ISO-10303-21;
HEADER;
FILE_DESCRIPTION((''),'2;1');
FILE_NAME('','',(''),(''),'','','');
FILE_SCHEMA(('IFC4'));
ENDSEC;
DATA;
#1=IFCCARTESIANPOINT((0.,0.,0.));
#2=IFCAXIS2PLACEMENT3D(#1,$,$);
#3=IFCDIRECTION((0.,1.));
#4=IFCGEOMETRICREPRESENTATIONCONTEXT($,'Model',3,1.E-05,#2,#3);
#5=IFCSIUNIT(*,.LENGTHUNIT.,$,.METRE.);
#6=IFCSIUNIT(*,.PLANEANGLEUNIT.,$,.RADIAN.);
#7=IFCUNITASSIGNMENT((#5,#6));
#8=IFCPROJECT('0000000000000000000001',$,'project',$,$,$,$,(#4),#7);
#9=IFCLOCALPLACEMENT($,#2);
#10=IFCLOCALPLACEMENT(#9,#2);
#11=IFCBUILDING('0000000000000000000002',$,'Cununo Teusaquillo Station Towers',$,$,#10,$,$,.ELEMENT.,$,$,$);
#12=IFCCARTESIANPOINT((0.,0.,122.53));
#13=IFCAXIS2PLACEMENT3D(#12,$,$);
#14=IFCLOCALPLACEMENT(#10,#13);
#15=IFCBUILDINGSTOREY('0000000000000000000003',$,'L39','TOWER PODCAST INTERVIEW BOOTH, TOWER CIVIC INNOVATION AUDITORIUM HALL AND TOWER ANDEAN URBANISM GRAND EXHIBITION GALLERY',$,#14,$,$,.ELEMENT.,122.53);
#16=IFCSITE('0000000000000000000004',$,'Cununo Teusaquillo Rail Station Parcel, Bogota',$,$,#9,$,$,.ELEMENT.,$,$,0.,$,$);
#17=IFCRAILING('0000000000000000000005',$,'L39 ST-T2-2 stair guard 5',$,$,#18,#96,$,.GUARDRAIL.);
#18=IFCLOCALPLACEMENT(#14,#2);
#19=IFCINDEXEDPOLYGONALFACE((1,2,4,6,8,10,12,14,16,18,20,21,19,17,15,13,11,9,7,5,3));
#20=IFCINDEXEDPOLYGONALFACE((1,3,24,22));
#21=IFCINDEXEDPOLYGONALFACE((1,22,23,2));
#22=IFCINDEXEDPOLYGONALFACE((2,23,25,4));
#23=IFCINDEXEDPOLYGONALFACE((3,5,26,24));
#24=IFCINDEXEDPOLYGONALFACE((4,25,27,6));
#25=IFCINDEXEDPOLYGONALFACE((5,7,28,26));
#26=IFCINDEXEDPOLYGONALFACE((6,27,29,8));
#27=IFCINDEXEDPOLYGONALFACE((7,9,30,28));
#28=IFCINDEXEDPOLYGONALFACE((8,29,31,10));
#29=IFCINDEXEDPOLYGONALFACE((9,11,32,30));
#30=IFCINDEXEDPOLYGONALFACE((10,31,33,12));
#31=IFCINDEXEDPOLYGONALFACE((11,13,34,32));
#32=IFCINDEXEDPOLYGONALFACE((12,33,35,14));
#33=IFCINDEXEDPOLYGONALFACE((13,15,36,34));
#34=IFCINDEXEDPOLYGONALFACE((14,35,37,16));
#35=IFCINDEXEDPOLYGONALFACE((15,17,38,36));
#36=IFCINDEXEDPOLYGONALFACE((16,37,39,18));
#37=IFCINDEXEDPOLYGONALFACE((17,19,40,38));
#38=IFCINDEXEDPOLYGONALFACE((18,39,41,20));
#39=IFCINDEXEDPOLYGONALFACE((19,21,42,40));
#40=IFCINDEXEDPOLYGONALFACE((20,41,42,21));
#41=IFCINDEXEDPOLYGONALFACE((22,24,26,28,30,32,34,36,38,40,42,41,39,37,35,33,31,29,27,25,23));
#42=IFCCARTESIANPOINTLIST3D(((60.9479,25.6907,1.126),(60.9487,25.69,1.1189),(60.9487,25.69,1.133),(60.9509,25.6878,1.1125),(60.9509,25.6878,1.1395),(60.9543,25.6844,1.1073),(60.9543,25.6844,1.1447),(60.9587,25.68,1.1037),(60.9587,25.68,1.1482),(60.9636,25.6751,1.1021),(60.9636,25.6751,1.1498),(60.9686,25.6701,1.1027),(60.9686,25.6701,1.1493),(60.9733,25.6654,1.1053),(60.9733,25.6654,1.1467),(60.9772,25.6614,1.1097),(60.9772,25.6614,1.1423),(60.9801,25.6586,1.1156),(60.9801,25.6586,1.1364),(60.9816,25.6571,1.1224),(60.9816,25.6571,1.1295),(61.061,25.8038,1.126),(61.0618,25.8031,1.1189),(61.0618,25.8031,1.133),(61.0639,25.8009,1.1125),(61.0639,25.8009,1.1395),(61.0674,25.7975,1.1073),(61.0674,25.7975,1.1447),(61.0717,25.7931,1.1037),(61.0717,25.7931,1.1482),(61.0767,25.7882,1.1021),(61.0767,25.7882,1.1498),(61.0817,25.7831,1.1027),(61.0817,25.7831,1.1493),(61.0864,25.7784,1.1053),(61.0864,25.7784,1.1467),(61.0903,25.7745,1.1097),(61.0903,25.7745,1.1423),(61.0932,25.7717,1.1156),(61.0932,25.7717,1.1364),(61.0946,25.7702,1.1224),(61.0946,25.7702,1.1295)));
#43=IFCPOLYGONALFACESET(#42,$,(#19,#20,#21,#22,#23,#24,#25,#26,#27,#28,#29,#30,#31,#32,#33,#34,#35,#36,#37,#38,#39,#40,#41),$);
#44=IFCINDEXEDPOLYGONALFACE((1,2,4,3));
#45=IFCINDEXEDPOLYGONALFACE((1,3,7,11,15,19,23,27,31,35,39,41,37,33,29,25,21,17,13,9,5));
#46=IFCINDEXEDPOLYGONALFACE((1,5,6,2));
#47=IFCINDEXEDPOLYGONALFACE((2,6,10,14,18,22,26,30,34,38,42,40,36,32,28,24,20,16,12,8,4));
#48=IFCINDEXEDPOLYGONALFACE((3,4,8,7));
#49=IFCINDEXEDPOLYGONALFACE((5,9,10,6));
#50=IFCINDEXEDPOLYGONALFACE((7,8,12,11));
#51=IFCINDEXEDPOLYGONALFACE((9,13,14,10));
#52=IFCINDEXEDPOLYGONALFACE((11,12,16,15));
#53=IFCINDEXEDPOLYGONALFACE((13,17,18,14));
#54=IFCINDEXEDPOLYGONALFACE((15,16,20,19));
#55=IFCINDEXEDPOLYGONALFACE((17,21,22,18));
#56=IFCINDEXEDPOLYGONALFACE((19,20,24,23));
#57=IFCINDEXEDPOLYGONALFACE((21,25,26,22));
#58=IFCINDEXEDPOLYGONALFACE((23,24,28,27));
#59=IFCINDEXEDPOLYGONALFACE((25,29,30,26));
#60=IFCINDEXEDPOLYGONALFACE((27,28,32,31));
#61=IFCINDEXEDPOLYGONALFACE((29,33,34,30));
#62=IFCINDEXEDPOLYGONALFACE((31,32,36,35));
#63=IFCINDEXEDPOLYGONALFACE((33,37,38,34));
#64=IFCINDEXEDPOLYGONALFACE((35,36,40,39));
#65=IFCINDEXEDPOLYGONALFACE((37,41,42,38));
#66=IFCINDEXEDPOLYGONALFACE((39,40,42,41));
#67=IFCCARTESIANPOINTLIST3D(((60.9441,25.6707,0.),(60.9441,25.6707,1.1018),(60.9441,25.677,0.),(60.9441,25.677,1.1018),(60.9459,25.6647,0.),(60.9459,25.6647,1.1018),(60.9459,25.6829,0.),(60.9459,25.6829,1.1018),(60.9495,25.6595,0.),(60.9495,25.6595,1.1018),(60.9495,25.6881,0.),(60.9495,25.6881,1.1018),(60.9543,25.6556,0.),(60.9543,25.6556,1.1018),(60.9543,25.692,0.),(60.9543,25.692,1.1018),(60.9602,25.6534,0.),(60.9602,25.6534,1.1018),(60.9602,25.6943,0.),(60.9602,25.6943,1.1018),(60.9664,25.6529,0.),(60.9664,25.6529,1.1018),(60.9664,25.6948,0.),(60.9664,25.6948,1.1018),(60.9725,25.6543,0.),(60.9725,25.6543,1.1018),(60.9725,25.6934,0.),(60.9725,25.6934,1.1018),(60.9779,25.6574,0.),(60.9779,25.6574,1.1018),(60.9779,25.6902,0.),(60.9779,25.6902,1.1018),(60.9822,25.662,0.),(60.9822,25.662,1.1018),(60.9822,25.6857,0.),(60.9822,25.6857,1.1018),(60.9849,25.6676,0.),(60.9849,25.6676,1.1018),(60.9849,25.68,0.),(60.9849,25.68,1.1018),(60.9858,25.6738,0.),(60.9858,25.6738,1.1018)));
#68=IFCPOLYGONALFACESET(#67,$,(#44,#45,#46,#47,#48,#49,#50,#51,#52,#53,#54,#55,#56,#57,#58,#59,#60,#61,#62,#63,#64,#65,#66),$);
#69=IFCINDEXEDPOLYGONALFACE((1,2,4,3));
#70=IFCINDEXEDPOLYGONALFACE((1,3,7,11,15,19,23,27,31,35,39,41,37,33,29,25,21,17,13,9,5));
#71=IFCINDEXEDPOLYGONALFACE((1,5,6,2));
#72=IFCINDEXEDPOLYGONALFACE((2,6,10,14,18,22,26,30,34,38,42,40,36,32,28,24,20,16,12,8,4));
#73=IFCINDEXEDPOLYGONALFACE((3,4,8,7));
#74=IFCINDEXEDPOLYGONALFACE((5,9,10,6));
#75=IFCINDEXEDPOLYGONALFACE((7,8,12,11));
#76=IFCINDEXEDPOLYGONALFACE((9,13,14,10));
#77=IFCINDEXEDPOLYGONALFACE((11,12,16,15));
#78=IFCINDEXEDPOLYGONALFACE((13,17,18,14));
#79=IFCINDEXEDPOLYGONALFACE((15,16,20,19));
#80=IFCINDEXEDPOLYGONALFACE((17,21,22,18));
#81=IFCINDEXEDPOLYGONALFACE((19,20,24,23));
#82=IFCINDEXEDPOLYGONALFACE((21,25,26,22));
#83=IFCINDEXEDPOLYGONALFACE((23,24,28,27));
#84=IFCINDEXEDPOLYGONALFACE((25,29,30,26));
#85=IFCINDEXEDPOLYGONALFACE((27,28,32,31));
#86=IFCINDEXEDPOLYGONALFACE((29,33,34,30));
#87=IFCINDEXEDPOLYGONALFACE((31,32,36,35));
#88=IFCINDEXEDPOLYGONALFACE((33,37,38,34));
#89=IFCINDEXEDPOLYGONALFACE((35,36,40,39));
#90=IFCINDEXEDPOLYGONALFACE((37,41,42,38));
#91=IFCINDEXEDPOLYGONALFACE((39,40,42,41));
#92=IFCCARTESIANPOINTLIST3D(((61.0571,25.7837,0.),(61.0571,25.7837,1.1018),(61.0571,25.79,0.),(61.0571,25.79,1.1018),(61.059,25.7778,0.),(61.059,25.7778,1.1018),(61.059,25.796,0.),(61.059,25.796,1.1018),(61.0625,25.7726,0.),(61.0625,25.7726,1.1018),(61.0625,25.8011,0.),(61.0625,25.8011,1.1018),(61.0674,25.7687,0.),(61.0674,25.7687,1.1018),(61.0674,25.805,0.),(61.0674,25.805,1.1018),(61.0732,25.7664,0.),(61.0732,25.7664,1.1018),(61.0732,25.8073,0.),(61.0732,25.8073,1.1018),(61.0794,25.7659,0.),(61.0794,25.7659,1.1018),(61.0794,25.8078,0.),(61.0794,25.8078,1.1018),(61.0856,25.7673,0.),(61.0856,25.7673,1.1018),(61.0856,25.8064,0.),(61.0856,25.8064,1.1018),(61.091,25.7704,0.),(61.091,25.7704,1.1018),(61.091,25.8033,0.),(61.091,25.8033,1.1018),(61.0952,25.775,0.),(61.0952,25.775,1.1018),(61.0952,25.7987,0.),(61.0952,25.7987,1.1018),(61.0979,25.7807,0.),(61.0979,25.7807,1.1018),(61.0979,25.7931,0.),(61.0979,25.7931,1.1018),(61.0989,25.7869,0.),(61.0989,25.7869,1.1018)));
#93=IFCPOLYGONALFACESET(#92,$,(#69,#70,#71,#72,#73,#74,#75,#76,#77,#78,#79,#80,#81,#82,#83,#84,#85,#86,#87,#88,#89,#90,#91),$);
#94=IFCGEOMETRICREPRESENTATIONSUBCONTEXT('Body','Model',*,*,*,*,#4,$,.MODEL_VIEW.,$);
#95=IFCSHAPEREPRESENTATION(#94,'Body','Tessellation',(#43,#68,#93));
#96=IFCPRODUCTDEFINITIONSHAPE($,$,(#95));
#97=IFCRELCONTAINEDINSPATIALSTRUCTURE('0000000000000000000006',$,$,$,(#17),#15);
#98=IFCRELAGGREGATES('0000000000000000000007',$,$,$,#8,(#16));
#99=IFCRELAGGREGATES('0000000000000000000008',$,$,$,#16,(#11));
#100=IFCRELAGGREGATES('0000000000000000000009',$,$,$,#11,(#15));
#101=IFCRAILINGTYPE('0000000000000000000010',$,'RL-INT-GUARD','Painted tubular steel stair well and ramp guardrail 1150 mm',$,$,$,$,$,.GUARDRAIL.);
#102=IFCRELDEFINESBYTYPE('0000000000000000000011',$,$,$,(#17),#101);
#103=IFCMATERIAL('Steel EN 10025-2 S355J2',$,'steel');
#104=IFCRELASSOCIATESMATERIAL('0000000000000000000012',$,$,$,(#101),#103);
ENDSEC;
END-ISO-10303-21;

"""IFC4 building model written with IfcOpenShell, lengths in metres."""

from ifc_helpers import new_model, si_unit, direction, frame, origin, origin_2d, place, context, subcontext, project, spatial, circle, extrude, material, type_object, element, save


model = new_model("IFC4")

# Units and contexts
model_context = context("Model", 3, precision=1e-05, world=origin(), true_north=direction((0.0, 1.0)))
body_context = subcontext(model_context, "Body", "Model", "MODEL_VIEW")
ifc_project = project(units=[si_unit("LENGTHUNIT", "METRE"), si_unit("PLANEANGLEUNIT", "RADIAN")], contexts=[model_context])

# Site, building, storey
site_placement = place(None, origin())
site = spatial("IfcSite", under=ifc_project, at=site_placement, Name="Cununo Teusaquillo Rail Station Parcel, Bogota", CompositionType="ELEMENT", RefElevation=0.0)
building_placement = place(site_placement, origin())
building = spatial("IfcBuilding", under=site, at=building_placement, Name="Cununo Teusaquillo Station Towers", CompositionType="ELEMENT")
storey_placement = place(building_placement, frame((0.0, 0.0, 122.53)))
storey = spatial("IfcBuildingStorey", under=building, at=storey_placement, Name="L39", Description="TOWER PODCAST INTERVIEW BOOTH, TOWER CIVIC INNOVATION AUDITORIUM HALL AND TOWER ANDEAN URBANISM GRAND EXHIBITION GALLERY", CompositionType="ELEMENT", Elevation=122.53)

# Railing
ifc_material_1 = material(Name="Steel EN 10025-2 S355J2", Category="steel")
railing_type_1 = type_object("IfcRailingType", Name="RL-INT-GUARD", Description="Painted tubular steel stair well and ramp guardrail 1150 mm", PredefinedType="GUARDRAIL", material=ifc_material_1)
railing_1_placement = place(storey_placement, frame((60.9648, 25.6738, 0.0)))
element("IfcRailing", 1, at=railing_1_placement, inside=storey, type_object=railing_type_1, Name="L39 ST-T2-2 stair guard 5", PredefinedType="GUARDRAIL", context=body_context, shape_type="SweptSolid", body=[
    extrude(circle(Radius=0.0239, at=origin_2d()), frame((0.0, 0.0, 1.126), z_axis=(0.707107, 0.707107, 0.0), x_axis=(-0.707107, 0.707107, 0.0)), (0.0, 0.0, 1.0), 0.1599),
    extrude(circle(Radius=0.021, at=origin_2d()), origin(), (0.0, 0.0, 1.0), 1.1018),
    extrude(circle(Radius=0.021, at=origin_2d()), frame((0.113, 0.113, 0.0)), (0.0, 0.0, 1.0), 1.1018),
])

save(model, "model.ifc")
